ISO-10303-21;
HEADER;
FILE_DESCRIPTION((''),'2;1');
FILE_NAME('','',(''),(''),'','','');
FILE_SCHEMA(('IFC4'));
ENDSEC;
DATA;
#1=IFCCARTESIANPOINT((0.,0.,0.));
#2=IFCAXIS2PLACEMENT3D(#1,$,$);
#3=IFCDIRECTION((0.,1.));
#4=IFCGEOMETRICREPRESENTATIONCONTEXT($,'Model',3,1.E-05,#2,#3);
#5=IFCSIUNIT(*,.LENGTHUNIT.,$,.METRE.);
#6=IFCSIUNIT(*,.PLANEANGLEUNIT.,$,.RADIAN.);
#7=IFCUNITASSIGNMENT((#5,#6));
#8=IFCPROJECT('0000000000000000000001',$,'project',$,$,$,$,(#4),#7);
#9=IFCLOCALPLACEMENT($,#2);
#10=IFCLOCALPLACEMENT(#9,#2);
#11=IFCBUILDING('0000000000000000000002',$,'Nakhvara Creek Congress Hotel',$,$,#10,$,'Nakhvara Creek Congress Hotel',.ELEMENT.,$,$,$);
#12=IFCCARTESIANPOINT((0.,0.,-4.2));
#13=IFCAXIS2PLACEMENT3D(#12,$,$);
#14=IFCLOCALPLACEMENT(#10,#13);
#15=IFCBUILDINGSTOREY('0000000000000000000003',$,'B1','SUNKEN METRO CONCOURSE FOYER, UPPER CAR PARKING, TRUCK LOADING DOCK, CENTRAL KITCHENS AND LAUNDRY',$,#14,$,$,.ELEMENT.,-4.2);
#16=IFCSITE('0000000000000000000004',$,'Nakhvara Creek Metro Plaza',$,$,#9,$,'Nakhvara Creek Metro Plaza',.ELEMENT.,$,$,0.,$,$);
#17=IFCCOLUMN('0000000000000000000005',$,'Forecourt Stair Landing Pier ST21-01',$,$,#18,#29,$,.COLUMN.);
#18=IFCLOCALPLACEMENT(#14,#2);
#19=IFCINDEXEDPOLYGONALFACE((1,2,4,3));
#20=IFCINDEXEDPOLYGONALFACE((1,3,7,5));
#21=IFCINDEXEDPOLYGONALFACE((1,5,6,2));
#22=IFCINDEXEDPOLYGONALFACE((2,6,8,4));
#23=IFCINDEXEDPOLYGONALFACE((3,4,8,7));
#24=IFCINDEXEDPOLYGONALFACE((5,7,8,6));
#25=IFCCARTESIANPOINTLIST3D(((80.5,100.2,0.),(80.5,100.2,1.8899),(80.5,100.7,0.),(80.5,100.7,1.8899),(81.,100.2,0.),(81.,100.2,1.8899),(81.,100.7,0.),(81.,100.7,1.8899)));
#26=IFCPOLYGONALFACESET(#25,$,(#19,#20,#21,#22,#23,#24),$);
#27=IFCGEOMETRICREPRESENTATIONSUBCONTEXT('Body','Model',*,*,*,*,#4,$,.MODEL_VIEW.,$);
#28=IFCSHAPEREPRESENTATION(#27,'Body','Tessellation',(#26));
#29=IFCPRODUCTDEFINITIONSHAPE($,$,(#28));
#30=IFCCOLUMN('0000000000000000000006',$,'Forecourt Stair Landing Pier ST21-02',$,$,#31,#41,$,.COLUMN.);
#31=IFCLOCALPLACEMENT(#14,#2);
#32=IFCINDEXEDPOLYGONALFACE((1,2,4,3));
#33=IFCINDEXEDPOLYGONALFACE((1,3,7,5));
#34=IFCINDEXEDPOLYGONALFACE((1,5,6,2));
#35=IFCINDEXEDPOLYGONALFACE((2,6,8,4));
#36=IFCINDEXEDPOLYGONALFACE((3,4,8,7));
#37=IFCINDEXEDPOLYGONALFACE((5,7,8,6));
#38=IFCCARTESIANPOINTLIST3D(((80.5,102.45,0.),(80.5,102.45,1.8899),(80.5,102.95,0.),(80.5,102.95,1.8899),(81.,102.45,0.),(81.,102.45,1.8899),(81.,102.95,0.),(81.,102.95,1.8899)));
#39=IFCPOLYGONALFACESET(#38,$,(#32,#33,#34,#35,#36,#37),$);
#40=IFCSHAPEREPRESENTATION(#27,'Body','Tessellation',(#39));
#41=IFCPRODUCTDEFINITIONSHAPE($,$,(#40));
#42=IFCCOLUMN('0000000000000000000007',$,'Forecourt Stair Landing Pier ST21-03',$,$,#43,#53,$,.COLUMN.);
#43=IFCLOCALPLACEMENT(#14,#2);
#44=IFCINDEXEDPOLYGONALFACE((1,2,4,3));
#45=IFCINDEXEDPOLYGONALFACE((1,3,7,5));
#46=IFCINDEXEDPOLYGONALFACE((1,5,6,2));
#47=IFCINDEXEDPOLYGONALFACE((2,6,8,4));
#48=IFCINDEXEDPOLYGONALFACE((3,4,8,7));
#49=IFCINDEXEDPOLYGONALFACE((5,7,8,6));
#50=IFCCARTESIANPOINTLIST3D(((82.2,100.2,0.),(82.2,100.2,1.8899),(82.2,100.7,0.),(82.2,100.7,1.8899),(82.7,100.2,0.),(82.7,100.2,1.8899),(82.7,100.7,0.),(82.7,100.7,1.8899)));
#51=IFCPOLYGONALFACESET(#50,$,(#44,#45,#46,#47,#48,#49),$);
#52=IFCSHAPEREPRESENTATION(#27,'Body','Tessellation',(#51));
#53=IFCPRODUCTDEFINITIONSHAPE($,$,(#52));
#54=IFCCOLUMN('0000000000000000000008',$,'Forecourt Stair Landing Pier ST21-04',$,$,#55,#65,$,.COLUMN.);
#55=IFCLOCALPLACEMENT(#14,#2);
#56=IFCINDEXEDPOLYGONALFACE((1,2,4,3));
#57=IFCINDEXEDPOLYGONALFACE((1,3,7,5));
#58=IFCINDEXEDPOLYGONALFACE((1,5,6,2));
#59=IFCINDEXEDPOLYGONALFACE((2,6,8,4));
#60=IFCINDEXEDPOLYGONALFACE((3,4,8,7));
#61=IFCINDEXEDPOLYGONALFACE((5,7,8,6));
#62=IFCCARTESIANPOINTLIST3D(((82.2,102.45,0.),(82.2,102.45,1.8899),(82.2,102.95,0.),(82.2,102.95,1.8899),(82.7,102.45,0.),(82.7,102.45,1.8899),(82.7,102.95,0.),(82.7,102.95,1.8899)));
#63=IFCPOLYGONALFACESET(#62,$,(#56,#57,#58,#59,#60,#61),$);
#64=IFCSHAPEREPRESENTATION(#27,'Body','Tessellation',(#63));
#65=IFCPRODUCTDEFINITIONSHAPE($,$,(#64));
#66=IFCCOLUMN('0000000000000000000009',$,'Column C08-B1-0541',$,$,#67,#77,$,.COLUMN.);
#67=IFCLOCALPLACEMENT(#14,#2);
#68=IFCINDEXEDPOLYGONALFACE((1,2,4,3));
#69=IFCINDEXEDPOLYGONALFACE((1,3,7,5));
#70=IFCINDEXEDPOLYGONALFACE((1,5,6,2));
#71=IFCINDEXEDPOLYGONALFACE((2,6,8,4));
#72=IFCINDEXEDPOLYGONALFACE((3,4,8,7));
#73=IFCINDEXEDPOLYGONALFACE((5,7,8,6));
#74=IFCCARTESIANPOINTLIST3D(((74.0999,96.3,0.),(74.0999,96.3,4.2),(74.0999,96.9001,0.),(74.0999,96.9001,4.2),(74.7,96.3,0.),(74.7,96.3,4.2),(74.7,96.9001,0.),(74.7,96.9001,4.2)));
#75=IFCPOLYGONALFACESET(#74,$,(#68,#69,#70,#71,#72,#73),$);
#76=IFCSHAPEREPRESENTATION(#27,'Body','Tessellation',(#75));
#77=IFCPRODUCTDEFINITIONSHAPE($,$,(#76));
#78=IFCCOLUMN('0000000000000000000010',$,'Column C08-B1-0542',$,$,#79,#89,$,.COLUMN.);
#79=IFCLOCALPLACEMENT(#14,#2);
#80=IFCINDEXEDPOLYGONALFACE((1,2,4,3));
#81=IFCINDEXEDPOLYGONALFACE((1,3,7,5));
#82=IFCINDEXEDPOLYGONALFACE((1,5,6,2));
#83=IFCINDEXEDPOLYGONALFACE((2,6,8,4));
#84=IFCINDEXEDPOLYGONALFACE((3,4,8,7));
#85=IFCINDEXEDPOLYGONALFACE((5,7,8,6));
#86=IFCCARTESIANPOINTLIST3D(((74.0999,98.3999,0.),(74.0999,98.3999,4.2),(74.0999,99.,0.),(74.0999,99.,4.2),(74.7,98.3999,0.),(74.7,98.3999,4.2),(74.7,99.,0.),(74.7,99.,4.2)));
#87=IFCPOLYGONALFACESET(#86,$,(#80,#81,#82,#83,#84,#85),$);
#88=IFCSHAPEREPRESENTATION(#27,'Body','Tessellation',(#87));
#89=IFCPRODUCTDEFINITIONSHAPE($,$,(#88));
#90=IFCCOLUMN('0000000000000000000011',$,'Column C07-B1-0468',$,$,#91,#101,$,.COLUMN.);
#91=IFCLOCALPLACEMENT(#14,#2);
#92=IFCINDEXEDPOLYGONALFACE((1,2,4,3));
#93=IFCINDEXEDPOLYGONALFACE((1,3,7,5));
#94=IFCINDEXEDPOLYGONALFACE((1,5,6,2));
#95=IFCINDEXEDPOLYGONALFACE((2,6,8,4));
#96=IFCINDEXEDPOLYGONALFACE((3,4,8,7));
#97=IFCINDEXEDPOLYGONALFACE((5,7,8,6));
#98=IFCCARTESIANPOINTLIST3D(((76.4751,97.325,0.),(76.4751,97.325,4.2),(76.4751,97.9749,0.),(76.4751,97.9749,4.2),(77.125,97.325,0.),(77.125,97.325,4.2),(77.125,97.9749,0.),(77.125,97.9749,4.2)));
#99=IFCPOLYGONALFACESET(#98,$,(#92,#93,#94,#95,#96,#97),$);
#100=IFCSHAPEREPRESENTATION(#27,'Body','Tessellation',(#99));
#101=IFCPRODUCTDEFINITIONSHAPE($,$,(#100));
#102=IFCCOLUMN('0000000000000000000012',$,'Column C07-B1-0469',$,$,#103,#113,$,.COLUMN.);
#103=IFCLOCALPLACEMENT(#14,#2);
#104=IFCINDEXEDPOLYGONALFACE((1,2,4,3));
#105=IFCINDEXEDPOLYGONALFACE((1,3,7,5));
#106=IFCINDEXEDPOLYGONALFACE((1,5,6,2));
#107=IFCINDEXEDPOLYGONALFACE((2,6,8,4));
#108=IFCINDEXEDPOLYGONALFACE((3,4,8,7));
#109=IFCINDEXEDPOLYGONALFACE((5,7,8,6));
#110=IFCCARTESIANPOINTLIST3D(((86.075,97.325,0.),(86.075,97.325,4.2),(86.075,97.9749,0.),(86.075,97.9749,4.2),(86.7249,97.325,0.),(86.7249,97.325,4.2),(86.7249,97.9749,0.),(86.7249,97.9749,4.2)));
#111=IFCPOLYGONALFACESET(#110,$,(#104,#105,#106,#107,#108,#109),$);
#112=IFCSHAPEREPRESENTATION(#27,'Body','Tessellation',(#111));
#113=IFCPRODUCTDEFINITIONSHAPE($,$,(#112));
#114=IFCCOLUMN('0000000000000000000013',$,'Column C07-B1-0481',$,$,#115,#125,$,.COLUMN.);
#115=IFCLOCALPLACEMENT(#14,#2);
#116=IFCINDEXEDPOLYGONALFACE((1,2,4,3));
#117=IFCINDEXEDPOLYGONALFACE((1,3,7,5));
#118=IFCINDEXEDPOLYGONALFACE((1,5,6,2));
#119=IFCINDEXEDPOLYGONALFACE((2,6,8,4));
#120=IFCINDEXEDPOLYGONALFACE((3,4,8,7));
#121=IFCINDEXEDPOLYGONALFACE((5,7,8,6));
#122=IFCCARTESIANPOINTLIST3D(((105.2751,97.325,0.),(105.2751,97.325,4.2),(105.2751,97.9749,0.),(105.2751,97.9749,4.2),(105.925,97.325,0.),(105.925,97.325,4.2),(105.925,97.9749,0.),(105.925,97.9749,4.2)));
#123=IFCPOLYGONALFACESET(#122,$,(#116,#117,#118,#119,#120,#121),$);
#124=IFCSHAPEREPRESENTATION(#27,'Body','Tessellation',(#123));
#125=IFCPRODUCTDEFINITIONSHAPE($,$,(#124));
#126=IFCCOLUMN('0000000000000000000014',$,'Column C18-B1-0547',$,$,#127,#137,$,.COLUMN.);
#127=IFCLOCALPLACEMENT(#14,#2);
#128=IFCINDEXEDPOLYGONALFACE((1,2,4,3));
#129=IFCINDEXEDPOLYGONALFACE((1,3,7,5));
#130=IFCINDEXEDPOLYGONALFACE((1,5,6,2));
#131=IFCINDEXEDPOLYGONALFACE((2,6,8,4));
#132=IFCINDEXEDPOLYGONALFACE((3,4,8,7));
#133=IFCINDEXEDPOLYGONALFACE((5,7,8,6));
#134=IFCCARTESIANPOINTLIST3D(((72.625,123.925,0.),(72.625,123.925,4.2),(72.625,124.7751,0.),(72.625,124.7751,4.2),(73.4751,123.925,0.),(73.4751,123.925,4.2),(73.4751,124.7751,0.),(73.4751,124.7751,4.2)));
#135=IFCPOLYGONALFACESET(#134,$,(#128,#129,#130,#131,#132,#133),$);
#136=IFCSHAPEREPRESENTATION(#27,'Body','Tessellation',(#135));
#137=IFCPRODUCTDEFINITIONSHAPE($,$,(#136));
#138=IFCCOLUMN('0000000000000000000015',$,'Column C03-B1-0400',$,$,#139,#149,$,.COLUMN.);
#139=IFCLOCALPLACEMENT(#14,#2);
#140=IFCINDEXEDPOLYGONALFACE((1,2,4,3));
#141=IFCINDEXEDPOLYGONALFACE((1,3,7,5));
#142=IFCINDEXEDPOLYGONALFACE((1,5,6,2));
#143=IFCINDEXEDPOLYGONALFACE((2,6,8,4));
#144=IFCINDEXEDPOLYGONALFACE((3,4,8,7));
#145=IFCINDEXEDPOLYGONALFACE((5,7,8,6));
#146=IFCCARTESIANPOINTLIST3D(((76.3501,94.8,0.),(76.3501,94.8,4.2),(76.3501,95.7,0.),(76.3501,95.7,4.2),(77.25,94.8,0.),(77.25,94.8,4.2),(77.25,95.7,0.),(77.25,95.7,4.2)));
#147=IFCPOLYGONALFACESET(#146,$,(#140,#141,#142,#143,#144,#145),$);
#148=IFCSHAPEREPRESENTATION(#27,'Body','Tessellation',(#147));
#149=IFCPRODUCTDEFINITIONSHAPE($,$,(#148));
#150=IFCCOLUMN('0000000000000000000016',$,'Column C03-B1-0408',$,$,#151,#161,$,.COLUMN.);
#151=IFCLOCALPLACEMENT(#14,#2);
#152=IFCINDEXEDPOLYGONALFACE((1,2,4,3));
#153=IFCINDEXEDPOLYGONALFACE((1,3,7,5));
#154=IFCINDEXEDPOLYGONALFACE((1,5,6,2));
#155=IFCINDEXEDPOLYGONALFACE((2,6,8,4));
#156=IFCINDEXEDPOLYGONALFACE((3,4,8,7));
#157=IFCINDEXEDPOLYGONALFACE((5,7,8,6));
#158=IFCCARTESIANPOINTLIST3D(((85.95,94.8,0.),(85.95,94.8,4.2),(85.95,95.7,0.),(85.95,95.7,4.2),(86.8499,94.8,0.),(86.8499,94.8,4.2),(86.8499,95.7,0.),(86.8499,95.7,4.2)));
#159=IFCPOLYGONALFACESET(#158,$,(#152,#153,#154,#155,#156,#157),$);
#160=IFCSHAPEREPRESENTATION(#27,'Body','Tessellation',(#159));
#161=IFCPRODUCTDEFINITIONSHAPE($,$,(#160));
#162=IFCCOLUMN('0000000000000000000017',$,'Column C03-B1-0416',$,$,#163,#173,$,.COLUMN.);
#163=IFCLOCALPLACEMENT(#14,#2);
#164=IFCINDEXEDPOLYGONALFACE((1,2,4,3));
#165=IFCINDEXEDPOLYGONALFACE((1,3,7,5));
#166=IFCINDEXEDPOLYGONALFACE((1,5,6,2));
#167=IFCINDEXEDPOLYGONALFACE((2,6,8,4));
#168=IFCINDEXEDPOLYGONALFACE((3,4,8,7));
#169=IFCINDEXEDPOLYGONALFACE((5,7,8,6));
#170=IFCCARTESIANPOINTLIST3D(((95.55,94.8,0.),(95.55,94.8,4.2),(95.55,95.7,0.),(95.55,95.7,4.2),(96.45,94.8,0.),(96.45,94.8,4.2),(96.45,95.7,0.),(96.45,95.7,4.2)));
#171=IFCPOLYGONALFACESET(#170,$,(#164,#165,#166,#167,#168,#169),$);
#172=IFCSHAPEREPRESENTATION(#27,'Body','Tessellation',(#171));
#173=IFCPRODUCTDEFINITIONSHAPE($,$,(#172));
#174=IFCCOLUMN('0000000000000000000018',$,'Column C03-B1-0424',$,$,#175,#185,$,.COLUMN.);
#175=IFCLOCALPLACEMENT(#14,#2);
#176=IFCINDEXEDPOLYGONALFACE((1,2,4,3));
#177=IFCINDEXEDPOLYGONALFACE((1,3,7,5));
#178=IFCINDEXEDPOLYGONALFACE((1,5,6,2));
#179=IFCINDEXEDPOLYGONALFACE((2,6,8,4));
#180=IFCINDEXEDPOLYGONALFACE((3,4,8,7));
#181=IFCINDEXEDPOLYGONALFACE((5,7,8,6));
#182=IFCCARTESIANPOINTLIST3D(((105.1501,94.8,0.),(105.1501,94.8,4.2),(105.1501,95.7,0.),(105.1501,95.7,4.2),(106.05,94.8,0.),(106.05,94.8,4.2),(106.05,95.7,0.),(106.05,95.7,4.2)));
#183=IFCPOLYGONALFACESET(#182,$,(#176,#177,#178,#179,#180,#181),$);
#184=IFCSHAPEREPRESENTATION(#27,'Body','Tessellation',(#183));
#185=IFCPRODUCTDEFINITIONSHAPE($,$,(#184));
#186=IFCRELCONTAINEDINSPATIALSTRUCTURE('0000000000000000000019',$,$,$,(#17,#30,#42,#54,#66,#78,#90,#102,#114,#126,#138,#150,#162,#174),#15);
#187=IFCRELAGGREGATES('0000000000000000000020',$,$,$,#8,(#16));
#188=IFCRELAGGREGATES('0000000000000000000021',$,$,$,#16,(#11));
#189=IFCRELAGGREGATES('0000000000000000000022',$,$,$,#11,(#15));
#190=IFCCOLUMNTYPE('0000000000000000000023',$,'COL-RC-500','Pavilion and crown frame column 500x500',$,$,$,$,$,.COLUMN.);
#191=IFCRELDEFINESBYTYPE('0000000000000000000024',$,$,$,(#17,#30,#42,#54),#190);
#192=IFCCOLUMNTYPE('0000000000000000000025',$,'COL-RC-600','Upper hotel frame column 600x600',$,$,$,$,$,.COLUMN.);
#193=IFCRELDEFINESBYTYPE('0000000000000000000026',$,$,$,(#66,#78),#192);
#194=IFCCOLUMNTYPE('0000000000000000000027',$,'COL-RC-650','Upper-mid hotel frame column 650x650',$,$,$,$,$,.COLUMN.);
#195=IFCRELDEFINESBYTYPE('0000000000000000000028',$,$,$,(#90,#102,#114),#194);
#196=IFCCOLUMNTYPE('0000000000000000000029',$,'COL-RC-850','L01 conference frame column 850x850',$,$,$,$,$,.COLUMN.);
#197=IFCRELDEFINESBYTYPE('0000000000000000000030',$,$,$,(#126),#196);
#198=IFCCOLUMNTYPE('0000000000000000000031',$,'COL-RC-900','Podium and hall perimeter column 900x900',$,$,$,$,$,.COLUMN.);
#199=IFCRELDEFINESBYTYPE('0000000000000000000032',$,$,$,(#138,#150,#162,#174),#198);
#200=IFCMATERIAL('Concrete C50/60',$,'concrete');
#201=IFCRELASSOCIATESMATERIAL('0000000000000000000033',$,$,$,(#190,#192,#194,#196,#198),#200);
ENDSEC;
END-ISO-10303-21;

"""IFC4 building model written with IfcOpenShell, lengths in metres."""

from ifc_helpers import new_model, si_unit, direction, frame, origin, origin_2d, place, context, subcontext, project, spatial, rectangle, extrude, material, material_profile, profile_set, type_object, element, save


model = new_model("IFC4")

# Units and contexts
model_context = context("Model", 3, precision=1e-05, world=origin(), true_north=direction((0.0, 1.0)))
body_context = subcontext(model_context, "Body", "Model", "MODEL_VIEW")
ifc_project = project(units=[si_unit("LENGTHUNIT", "METRE"), si_unit("PLANEANGLEUNIT", "RADIAN")], contexts=[model_context])

# Site, building, storey
site_placement = place(None, origin())
site = spatial("IfcSite", under=ifc_project, at=site_placement, Name="Nakhvara Creek Metro Plaza", LongName="Nakhvara Creek Metro Plaza", CompositionType="ELEMENT", RefElevation=0.0)
building_placement = place(site_placement, origin())
building = spatial("IfcBuilding", under=site, at=building_placement, Name="Nakhvara Creek Congress Hotel", LongName="Nakhvara Creek Congress Hotel", CompositionType="ELEMENT")
storey_placement = place(building_placement, frame((0.0, 0.0, -4.2)))
storey = spatial("IfcBuildingStorey", under=building, at=storey_placement, Name="B1", Description="SUNKEN METRO CONCOURSE FOYER, UPPER CAR PARKING, TRUCK LOADING DOCK, CENTRAL KITCHENS AND LAUNDRY", CompositionType="ELEMENT", Elevation=-4.2)

# Columns
ifc_material_1 = material(Name="Concrete C50/60", Category="concrete")
ifc_material_profile_1 = material_profile(ifc_material_1, rectangle(XDim=0.5, YDim=0.5, at=origin_2d()), Name="RC-COL 500x500", Category="LoadBearing")
ifc_profile_set_1 = profile_set([ifc_material_profile_1], Name="Concrete C50/60")
column_type_1 = type_object("IfcColumnType", Name="COL-RC-500", Description="Pavilion and crown frame column 500x500", PredefinedType="COLUMN", material=ifc_profile_set_1)
for number, where, z_axis, x_axis, name in (
    (1, (80.75, 100.45, 0.0), (0.0, 0.0, 1.0), (1.0, 0.0, 0.0), "Forecourt Stair Landing Pier ST21-01"),
    (2, (80.75, 102.7, 0.0), (0.0, 0.0, 1.0), (1.0, 0.0, 0.0), "Forecourt Stair Landing Pier ST21-02"),
    (3, (82.45, 100.45, 0.0), (0.0, 0.0, 1.0), (1.0, 0.0, 0.0), "Forecourt Stair Landing Pier ST21-03"),
    (4, (82.45, 102.7, 0.0), (0.0, 0.0, 1.0), (1.0, 0.0, 0.0), "Forecourt Stair Landing Pier ST21-04"),
):
    element("IfcColumn", number, at=place(storey_placement, frame(where, z_axis=z_axis, x_axis=x_axis)), inside=storey, type_object=column_type_1, Name=name, PredefinedType="COLUMN", context=body_context, shape_type="SweptSolid", body=[
        extrude(rectangle(XDim=0.5, YDim=0.5, at=origin_2d()), origin(), (0.0, 0.0, 1.0), 1.8899),
    ])
ifc_material_profile_2 = material_profile(ifc_material_1, rectangle(XDim=0.6001, YDim=0.6001, at=origin_2d()), Name="RC-COL 600x600", Category="LoadBearing")
ifc_profile_set_2 = profile_set([ifc_material_profile_2], Name="Concrete C50/60")
column_type_2 = type_object("IfcColumnType", Name="COL-RC-600", Description="Upper hotel frame column 600x600", PredefinedType="COLUMN", material=ifc_profile_set_2)
for number, where, z_axis, x_axis, name in (
    (5, (74.3999, 96.6001, 0.0), (0.0, 0.0, 1.0), (1.0, 0.0, 0.0), "Column C08-B1-0541"),
    (6, (74.3999, 98.7, 0.0), (0.0, 0.0, 1.0), (1.0, 0.0, 0.0), "Column C08-B1-0542"),
):
    element("IfcColumn", number, at=place(storey_placement, frame(where, z_axis=z_axis, x_axis=x_axis)), inside=storey, type_object=column_type_2, Name=name, PredefinedType="COLUMN", context=body_context, shape_type="SweptSolid", body=[
        extrude(rectangle(XDim=0.6001, YDim=0.6001, at=origin_2d()), origin(), (0.0, 0.0, 1.0), 4.2),
    ])
ifc_material_profile_3 = material_profile(ifc_material_1, rectangle(XDim=0.6499, YDim=0.6499, at=origin_2d()), Name="RC-COL 650x650", Category="LoadBearing")
ifc_profile_set_3 = profile_set([ifc_material_profile_3], Name="Concrete C50/60")
column_type_3 = type_object("IfcColumnType", Name="COL-RC-650", Description="Upper-mid hotel frame column 650x650", PredefinedType="COLUMN", material=ifc_profile_set_3)
for number, where, z_axis, x_axis, name in (
    (7, (76.8, 97.6499, 0.0), (0.0, 0.0, 1.0), (1.0, 0.0, 0.0), "Column C07-B1-0468"),
    (8, (86.3999, 97.6499, 0.0), (0.0, 0.0, 1.0), (1.0, 0.0, 0.0), "Column C07-B1-0469"),
    (9, (105.6001, 97.6499, 0.0), (0.0, 0.0, 1.0), (1.0, 0.0, 0.0), "Column C07-B1-0481"),
):
    element("IfcColumn", number, at=place(storey_placement, frame(where, z_axis=z_axis, x_axis=x_axis)), inside=storey, type_object=column_type_3, Name=name, PredefinedType="COLUMN", context=body_context, shape_type="SweptSolid", body=[
        extrude(rectangle(XDim=0.6499, YDim=0.6499, at=origin_2d()), origin(), (0.0, 0.0, 1.0), 4.2),
    ])
ifc_material_profile_4 = material_profile(ifc_material_1, rectangle(XDim=0.8501, YDim=0.8501, at=origin_2d()), Name="RC-COL 850x850", Category="LoadBearing")
ifc_profile_set_4 = profile_set([ifc_material_profile_4], Name="Concrete C50/60")
column_type_4 = type_object("IfcColumnType", Name="COL-RC-850", Description="L01 conference frame column 850x850", PredefinedType="COLUMN", material=ifc_profile_set_4)
column_placement = place(storey_placement, frame((73.05, 124.3501, 0.0), z_axis=(0.0, 0.0, 1.0), x_axis=(1.0, 0.0, 0.0)))
element("IfcColumn", 10, at=column_placement, inside=storey, type_object=column_type_4, Name="Column C18-B1-0547", PredefinedType="COLUMN", context=body_context, shape_type="SweptSolid", body=[
    extrude(rectangle(XDim=0.8501, YDim=0.8501, at=origin_2d()), origin(), (0.0, 0.0, 1.0), 4.2),
])
ifc_material_profile_5 = material_profile(ifc_material_1, rectangle(XDim=0.8999, YDim=0.8999, at=origin_2d()), Name="RC-COL 900x900", Category="LoadBearing")
ifc_profile_set_5 = profile_set([ifc_material_profile_5], Name="Concrete C50/60")
column_type_5 = type_object("IfcColumnType", Name="COL-RC-900", Description="Podium and hall perimeter column 900x900", PredefinedType="COLUMN", material=ifc_profile_set_5)
for number, where, z_axis, x_axis, name in (
    (11, (76.8, 95.25, 0.0), (0.0, 0.0, 1.0), (1.0, 0.0, 0.0), "Column C03-B1-0400"),
    (12, (86.3999, 95.25, 0.0), (0.0, 0.0, 1.0), (1.0, 0.0, 0.0), "Column C03-B1-0408"),
    (13, (96.0, 95.25, 0.0), (0.0, 0.0, 1.0), (1.0, 0.0, 0.0), "Column C03-B1-0416"),
    (14, (105.6001, 95.25, 0.0), (0.0, 0.0, 1.0), (1.0, 0.0, 0.0), "Column C03-B1-0424"),
):
    element("IfcColumn", number, at=place(storey_placement, frame(where, z_axis=z_axis, x_axis=x_axis)), inside=storey, type_object=column_type_5, Name=name, PredefinedType="COLUMN", context=body_context, shape_type="SweptSolid", body=[
        extrude(rectangle(XDim=0.8999, YDim=0.8999, at=origin_2d()), origin(), (0.0, 0.0, 1.0), 4.2),
    ])

save(model, "model.ifc")
